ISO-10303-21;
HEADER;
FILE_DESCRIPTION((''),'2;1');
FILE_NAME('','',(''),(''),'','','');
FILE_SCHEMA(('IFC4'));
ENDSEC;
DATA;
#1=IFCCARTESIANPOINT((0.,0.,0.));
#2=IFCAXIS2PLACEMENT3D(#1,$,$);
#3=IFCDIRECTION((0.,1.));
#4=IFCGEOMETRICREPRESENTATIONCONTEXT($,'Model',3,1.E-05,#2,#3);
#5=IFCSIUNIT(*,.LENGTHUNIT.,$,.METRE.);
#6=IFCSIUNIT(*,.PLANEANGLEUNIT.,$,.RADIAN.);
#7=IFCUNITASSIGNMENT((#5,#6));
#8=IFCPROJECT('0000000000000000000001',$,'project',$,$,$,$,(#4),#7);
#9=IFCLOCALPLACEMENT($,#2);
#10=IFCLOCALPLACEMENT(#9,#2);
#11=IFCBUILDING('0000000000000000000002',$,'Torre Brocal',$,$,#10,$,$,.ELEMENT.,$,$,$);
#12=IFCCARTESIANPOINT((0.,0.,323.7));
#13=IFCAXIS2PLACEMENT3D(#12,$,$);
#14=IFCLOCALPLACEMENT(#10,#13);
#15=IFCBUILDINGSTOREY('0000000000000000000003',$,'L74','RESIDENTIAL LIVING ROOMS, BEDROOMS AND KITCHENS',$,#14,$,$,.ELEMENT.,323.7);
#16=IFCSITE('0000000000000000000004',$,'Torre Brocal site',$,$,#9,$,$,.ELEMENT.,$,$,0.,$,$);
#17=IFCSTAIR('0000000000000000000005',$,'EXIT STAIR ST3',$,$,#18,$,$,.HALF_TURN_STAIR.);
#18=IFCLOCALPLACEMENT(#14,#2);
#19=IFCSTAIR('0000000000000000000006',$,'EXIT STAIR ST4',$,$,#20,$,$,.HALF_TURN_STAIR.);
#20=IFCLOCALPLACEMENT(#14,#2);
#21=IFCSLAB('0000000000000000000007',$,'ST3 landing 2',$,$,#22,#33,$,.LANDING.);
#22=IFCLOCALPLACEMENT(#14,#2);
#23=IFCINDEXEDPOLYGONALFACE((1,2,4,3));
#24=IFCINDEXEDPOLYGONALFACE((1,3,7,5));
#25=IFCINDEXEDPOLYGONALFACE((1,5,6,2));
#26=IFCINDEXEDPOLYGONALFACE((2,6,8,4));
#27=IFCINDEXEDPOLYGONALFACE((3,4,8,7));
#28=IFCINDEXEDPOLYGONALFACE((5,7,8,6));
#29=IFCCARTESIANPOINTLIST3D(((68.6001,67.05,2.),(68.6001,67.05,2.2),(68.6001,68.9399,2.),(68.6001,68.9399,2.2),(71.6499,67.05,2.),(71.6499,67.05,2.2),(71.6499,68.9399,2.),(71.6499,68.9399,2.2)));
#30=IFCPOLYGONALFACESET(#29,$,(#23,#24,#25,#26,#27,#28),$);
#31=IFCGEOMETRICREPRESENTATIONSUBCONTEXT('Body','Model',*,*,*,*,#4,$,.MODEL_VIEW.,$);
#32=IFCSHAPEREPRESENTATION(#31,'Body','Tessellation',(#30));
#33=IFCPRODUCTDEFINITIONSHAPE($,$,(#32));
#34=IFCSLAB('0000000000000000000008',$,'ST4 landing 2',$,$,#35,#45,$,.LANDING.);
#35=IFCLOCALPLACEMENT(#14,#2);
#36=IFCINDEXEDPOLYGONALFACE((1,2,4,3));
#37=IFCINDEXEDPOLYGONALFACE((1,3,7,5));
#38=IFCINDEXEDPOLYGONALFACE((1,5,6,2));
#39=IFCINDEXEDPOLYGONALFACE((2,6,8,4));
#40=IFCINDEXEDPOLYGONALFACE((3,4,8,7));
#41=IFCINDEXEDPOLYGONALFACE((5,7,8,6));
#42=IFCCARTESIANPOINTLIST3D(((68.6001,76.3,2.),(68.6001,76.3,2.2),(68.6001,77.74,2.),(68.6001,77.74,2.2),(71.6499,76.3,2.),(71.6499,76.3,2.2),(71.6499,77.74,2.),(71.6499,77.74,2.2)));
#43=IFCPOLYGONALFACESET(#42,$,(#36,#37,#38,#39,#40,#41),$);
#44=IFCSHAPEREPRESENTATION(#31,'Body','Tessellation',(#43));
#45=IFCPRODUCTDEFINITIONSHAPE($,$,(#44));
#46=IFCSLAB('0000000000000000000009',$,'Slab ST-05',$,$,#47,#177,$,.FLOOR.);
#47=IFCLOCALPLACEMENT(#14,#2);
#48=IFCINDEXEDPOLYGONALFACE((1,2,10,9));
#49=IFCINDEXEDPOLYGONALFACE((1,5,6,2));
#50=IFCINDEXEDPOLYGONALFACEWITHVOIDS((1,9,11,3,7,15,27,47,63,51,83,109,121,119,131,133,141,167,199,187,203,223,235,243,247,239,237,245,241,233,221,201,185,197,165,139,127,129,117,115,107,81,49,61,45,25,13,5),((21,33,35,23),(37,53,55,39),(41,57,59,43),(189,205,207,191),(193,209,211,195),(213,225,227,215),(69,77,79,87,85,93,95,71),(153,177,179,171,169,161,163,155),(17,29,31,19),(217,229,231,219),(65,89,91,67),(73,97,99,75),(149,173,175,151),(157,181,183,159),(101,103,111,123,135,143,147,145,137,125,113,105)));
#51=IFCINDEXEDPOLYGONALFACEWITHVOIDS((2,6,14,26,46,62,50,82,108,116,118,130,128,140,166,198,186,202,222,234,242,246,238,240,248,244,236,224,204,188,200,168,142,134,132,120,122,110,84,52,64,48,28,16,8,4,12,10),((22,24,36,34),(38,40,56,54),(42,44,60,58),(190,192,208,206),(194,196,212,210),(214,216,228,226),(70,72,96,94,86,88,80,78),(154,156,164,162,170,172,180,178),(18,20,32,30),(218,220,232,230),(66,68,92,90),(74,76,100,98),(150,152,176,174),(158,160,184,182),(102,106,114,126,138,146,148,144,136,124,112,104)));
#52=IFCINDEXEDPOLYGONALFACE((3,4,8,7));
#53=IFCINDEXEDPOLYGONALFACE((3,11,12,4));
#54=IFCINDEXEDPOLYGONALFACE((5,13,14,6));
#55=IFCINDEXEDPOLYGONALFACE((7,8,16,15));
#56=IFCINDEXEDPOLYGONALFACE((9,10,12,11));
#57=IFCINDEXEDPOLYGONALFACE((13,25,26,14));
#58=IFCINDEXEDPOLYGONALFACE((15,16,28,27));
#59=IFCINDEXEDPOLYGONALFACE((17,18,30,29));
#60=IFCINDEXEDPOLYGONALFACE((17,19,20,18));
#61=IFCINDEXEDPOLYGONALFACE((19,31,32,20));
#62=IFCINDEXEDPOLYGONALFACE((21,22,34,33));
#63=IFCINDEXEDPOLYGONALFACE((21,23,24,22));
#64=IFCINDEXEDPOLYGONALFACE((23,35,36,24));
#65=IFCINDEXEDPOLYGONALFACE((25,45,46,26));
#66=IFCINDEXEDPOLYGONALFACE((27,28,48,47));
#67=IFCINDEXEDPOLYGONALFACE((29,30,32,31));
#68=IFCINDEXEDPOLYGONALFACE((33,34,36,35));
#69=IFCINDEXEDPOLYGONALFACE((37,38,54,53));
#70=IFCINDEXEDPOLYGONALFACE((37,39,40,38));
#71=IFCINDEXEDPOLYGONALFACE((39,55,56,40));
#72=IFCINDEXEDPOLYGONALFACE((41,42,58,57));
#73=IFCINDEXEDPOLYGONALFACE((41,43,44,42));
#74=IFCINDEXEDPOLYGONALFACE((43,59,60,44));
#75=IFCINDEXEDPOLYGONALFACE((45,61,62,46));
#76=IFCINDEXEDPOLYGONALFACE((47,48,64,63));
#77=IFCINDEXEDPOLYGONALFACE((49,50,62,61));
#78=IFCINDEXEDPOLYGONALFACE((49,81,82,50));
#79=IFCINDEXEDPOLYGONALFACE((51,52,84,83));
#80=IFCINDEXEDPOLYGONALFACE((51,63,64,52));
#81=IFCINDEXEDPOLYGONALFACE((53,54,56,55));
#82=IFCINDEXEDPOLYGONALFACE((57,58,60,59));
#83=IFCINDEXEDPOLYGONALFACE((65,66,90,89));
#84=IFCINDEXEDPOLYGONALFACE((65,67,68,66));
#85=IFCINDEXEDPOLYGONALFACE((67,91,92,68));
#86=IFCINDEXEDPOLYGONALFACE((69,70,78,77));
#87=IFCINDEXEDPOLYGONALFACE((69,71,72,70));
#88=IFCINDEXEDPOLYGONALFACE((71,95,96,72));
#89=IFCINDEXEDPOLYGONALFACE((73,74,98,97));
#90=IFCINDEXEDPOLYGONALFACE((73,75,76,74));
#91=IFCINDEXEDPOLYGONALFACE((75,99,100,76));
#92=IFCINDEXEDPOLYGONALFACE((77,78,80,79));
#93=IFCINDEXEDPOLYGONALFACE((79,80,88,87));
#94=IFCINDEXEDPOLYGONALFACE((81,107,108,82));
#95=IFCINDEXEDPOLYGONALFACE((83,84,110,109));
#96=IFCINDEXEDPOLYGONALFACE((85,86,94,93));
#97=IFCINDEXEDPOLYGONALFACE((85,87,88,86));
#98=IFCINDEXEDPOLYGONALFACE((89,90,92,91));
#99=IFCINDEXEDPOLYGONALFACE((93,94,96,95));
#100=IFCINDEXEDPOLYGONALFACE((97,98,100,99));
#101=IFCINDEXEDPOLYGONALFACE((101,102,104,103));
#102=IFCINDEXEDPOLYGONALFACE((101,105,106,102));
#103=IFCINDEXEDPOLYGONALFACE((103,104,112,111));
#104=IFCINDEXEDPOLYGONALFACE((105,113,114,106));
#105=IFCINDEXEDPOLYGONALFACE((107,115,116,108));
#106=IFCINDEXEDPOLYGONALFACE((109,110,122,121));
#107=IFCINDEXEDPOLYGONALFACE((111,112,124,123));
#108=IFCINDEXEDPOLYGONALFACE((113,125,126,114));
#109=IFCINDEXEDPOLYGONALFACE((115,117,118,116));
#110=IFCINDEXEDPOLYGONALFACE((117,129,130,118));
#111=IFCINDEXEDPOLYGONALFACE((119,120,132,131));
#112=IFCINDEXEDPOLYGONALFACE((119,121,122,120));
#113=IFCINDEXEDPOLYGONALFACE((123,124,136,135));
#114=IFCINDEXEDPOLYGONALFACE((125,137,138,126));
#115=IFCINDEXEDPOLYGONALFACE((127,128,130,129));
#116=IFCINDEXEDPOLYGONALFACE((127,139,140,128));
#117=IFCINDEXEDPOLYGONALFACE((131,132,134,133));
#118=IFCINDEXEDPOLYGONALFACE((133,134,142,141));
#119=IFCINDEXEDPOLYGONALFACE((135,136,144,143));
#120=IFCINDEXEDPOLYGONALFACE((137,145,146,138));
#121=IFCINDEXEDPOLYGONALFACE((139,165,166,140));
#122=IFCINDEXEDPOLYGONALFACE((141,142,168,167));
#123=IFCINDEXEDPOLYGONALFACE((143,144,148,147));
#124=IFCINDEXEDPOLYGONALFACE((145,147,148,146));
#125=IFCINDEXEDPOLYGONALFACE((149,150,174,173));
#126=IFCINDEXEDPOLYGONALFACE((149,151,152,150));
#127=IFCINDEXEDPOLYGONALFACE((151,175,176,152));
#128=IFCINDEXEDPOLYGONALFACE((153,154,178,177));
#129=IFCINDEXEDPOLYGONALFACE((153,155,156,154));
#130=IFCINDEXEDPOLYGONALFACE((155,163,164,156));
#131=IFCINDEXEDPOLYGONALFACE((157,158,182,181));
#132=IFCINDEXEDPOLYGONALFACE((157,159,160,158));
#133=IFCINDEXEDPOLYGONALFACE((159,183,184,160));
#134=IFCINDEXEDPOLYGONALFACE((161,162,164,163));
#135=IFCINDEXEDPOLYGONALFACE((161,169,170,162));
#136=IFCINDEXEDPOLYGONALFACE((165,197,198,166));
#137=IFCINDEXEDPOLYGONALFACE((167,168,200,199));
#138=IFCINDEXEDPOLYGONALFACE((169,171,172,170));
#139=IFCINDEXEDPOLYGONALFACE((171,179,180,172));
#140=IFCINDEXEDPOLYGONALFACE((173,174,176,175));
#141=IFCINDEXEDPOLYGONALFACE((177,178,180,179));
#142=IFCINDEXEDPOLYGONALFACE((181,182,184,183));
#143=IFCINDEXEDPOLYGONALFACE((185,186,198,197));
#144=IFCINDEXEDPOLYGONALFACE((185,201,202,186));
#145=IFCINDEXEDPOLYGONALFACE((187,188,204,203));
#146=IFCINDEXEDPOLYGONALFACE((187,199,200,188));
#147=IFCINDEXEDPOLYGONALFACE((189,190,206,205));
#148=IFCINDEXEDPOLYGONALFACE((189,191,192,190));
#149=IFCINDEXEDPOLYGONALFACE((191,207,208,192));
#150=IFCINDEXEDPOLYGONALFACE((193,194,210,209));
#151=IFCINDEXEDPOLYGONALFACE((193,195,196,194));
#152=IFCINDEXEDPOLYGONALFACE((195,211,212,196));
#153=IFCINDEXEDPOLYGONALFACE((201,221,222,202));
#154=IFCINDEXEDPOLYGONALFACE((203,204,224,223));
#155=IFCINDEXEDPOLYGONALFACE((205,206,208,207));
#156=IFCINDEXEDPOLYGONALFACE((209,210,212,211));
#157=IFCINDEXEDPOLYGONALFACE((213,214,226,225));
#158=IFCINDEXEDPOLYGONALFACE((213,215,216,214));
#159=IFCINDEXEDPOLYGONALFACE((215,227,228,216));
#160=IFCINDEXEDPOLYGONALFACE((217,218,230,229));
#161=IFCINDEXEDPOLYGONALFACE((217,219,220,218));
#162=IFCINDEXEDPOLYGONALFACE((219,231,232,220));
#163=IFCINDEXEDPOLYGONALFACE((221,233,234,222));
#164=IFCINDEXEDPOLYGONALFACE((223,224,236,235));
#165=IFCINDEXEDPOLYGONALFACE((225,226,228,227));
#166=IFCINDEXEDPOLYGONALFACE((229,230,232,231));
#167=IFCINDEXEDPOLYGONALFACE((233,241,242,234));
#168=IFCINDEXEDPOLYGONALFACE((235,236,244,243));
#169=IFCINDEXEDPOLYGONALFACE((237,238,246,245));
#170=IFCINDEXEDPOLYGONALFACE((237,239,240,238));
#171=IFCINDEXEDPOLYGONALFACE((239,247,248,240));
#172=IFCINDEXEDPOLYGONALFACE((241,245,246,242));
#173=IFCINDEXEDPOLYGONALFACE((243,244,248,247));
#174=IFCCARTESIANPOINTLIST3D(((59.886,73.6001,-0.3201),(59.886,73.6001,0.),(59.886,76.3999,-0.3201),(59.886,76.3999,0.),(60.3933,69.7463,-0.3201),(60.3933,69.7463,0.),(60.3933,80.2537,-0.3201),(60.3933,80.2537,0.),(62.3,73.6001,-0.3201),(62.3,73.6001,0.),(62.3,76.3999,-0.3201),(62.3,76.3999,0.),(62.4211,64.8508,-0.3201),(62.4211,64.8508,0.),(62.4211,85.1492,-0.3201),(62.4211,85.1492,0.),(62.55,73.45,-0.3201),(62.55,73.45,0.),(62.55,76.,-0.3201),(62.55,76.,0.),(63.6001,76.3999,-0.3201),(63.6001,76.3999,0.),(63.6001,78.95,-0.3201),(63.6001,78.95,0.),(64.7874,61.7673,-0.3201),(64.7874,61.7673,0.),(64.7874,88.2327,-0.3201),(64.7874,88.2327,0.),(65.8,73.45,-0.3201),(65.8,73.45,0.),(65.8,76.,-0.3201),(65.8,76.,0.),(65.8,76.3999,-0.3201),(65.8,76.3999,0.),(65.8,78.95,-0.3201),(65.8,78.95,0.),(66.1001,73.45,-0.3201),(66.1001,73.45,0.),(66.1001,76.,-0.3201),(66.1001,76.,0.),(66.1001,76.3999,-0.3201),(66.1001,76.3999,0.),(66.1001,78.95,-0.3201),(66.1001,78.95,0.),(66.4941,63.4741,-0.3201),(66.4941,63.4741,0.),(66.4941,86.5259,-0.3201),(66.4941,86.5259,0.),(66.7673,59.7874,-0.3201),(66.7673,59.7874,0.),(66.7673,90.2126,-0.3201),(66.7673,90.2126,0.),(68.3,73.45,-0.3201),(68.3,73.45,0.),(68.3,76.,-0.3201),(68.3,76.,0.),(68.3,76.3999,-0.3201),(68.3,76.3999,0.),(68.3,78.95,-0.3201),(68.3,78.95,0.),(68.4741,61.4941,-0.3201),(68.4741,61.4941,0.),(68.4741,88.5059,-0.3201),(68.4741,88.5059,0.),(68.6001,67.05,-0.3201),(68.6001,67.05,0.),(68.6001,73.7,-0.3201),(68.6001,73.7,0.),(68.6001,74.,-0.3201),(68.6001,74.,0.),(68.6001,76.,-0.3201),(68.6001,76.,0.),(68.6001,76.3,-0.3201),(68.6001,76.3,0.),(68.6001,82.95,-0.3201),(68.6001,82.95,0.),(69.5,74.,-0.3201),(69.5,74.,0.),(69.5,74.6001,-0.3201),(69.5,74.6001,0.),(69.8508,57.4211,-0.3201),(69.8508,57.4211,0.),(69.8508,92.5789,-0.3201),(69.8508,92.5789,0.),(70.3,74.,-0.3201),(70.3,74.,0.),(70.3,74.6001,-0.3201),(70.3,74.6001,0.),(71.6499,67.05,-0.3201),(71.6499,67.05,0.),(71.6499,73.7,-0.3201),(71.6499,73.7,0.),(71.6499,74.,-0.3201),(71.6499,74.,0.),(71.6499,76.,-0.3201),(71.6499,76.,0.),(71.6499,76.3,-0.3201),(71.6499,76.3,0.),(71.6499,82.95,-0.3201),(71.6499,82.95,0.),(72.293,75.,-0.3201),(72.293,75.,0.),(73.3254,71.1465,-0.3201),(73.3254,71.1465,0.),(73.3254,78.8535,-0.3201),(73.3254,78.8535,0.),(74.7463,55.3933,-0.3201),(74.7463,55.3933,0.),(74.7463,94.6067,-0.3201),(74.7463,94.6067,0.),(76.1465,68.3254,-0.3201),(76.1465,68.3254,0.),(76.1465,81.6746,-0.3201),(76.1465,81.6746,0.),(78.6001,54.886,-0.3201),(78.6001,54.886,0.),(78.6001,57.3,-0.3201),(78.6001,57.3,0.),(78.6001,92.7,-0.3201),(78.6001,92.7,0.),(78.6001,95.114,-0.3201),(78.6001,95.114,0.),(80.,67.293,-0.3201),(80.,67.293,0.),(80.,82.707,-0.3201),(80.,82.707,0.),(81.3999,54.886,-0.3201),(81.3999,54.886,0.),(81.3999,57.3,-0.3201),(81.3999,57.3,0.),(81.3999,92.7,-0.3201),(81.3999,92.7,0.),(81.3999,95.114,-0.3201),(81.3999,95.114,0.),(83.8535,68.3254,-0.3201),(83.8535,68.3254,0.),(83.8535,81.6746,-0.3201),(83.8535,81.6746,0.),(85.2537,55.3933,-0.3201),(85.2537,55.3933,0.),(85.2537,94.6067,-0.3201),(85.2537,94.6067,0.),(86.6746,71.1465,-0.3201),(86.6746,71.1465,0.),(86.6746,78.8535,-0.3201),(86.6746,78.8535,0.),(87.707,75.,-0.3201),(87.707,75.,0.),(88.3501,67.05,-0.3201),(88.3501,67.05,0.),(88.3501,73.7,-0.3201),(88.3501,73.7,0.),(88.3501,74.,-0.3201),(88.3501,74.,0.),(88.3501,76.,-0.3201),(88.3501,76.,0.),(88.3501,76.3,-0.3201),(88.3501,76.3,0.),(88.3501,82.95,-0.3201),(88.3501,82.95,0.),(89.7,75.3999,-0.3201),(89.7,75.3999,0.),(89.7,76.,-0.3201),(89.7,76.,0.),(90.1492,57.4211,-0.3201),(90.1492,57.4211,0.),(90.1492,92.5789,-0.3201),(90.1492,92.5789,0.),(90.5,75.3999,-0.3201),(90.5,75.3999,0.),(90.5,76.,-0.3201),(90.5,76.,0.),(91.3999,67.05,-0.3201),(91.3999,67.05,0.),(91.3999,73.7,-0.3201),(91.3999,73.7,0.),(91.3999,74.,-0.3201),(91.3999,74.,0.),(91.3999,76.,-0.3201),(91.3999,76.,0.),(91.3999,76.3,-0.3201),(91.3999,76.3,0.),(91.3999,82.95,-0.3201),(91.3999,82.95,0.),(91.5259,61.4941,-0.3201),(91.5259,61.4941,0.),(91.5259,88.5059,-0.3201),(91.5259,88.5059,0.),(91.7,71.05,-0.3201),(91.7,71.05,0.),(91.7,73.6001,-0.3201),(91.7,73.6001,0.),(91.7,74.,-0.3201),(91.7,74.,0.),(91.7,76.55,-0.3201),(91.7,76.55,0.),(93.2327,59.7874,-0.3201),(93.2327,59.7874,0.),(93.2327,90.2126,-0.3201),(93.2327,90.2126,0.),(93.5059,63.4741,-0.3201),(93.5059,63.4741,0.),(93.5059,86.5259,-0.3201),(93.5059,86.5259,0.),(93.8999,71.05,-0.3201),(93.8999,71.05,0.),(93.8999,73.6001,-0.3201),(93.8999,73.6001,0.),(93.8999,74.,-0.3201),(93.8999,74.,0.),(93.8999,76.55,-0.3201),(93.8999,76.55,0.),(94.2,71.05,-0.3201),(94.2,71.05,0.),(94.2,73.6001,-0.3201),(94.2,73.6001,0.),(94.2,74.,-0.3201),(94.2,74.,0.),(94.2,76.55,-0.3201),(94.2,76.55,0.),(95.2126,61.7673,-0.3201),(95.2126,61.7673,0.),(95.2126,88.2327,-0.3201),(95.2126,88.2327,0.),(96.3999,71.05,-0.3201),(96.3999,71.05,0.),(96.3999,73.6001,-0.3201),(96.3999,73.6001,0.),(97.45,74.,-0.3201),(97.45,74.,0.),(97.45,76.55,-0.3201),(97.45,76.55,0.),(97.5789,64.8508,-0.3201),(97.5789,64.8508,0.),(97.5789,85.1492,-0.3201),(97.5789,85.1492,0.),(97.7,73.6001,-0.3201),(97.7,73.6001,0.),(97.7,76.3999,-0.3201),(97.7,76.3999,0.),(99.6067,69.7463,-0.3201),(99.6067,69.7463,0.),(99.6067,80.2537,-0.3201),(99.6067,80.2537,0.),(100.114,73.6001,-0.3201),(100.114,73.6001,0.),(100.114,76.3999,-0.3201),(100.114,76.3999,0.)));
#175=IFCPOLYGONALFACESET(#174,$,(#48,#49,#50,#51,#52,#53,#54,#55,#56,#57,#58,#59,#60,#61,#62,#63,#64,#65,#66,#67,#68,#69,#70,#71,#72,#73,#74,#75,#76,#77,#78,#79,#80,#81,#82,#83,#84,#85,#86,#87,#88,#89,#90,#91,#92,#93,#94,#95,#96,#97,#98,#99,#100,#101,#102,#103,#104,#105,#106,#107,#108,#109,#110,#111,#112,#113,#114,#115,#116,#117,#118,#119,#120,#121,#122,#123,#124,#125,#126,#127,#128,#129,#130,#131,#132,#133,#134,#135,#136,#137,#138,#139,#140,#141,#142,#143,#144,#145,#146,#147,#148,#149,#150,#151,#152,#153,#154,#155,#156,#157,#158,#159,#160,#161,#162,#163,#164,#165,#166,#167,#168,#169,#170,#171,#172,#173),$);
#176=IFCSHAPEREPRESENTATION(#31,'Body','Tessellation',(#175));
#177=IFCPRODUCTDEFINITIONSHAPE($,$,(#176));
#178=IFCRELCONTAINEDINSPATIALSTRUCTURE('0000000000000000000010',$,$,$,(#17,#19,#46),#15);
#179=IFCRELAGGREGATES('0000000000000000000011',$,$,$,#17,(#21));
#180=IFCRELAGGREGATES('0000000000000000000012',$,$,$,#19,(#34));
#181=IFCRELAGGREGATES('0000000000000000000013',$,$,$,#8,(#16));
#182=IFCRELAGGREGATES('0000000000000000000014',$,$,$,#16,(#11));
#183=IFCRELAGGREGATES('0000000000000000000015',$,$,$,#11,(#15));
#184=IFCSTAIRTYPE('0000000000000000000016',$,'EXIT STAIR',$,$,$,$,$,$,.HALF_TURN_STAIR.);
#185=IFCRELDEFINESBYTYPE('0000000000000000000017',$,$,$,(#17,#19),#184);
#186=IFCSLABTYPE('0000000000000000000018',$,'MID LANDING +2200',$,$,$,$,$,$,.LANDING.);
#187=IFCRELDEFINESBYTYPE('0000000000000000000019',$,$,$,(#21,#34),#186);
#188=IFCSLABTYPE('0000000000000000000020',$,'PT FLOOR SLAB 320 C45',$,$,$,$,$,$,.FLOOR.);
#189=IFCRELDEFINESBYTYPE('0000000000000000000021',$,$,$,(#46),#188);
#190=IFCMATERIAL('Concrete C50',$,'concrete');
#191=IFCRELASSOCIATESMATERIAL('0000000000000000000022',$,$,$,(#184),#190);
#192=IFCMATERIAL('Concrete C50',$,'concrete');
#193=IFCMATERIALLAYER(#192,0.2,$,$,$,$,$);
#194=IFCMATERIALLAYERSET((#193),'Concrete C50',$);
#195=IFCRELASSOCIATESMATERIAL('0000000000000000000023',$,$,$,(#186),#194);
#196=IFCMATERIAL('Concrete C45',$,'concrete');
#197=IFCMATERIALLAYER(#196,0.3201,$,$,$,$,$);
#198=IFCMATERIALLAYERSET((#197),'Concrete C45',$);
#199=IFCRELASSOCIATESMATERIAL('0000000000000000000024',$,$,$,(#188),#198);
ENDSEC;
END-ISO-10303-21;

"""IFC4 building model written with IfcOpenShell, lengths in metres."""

from ifc_helpers import new_model, si_unit, direction, frame, origin, place, context, subcontext, project, spatial, polyline, outline, extrude, material, layer, layer_set, type_object, element, aggregate, save


model = new_model("IFC4")

# Units and contexts
model_context = context("Model", 3, precision=1e-05, world=origin(), true_north=direction((0.0, 1.0)))
body_context = subcontext(model_context, "Body", "Model", "MODEL_VIEW")
ifc_project = project(units=[si_unit("LENGTHUNIT", "METRE"), si_unit("PLANEANGLEUNIT", "RADIAN")], contexts=[model_context])

# Site, building, storey
site_placement = place(None, origin())
site = spatial("IfcSite", under=ifc_project, at=site_placement, Name="Torre Brocal site", CompositionType="ELEMENT", RefElevation=0.0)
building_placement = place(site_placement, origin())
building = spatial("IfcBuilding", under=site, at=building_placement, Name="Torre Brocal", CompositionType="ELEMENT")
storey_placement = place(building_placement, frame((0.0, 0.0, 323.7)))
storey = spatial("IfcBuildingStorey", under=building, at=storey_placement, Name="L74", Description="RESIDENTIAL LIVING ROOMS, BEDROOMS AND KITCHENS", CompositionType="ELEMENT", Elevation=323.7)

# Stairs
ifc_material_1 = material(Name="Concrete C50", Category="concrete")
stair_type = type_object("IfcStairType", Name="EXIT STAIR", PredefinedType="HALF_TURN_STAIR", material=ifc_material_1)
stair_1_placement = place(storey_placement, origin())
stair_1 = element("IfcStair", 1, at=stair_1_placement, inside=storey, type_object=stair_type, Name="EXIT STAIR ST3", PredefinedType="HALF_TURN_STAIR")
stair_2_placement = place(storey_placement, origin())
stair_2 = element("IfcStair", 2, at=stair_2_placement, inside=storey, type_object=stair_type, Name="EXIT STAIR ST4", PredefinedType="HALF_TURN_STAIR")

# Slabs
ifc_material_2 = material(Name="Concrete C50", Category="concrete")
ifc_layer_1 = layer(ifc_material_2, 0.2)
ifc_layer_set_1 = layer_set([ifc_layer_1], Name="Concrete C50")
slab_type_1 = type_object("IfcSlabType", Name="MID LANDING +2200", PredefinedType="LANDING", material=ifc_layer_set_1)
slab_1_placement = place(storey_placement, frame((0.0, 0.0, 2.0)))
slab_1 = element("IfcSlab", 3, at=slab_1_placement, type_object=slab_type_1, Name="ST3 landing 2", PredefinedType="LANDING", context=body_context, shape_type="SweptSolid", body=[
    extrude(outline(polyline([(71.6499, 68.9399), (68.6001, 68.9399), (68.6001, 67.05), (71.6499, 67.05), (71.6499, 68.9399)])), origin(), (0.0, 0.0, 1.0), 0.2),
])
aggregate(stair_1, [slab_1])
slab_2_placement = place(storey_placement, frame((0.0, 0.0, 2.0)))
slab_2 = element("IfcSlab", 4, at=slab_2_placement, type_object=slab_type_1, Name="ST4 landing 2", PredefinedType="LANDING", context=body_context, shape_type="SweptSolid", body=[
    extrude(outline(polyline([(71.6499, 77.74), (68.6001, 77.74), (68.6001, 76.3), (71.6499, 76.3), (71.6499, 77.74)])), origin(), (0.0, 0.0, 1.0), 0.2),
])
aggregate(stair_2, [slab_2])
ifc_material_3 = material(Name="Concrete C45", Category="concrete")
ifc_layer_2 = layer(ifc_material_3, 0.3201)
ifc_layer_set_2 = layer_set([ifc_layer_2], Name="Concrete C45")
slab_type_2 = type_object("IfcSlabType", Name="PT FLOOR SLAB 320 C45", PredefinedType="FLOOR", material=ifc_layer_set_2)
slab_3_placement = place(storey_placement, frame((0.0, 0.0, -0.3201)))
element("IfcSlab", 5, at=slab_3_placement, inside=storey, type_object=slab_type_2, Name="Slab ST-05", PredefinedType="FLOOR", context=body_context, shape_type="SweptSolid", body=[
    extrude(outline(polyline([(97.7, 76.3999), (97.7, 73.6001), (100.114, 73.6001), (99.6067, 69.7463), (97.5789, 64.8508), (95.2126, 61.7673), (93.5059, 63.4741), (91.5259, 61.4941), (93.2327, 59.7874), (90.1492, 57.4211), (85.2537, 55.3933), (81.3999, 54.886), (81.3999, 57.3), (78.6001, 57.3), (78.6001, 54.886), (74.7463, 55.3933), (69.8508, 57.4211), (66.7673, 59.7874), (68.4741, 61.4941), (66.4941, 63.4741), (64.7874, 61.7673), (62.4211, 64.8508), (60.3933, 69.7463), (59.886, 73.6001), (62.3, 73.6001), (62.3, 76.3999), (59.886, 76.3999), (60.3933, 80.2537), (62.4211, 85.1492), (64.7874, 88.2327), (66.4941, 86.5259), (68.4741, 88.5059), (66.7673, 90.2126), (69.8508, 92.5789), (74.7463, 94.6067), (78.6001, 95.114), (78.6001, 92.7), (81.3999, 92.7), (81.3999, 95.114), (85.2537, 94.6067), (90.1492, 92.5789), (93.2327, 90.2126), (91.5259, 88.5059), (93.5059, 86.5259), (95.2126, 88.2327), (97.5789, 85.1492), (99.6067, 80.2537), (100.114, 76.3999), (97.7, 76.3999)]), holes=[polyline([(97.45, 76.55), (94.2, 76.55), (94.2, 74.0), (97.45, 74.0), (97.45, 76.55)]), polyline([(96.3999, 73.6001), (94.2, 73.6001), (94.2, 71.05), (96.3999, 71.05), (96.3999, 73.6001)]), polyline([(93.8999, 73.6001), (91.7, 73.6001), (91.7, 71.05), (93.8999, 71.05), (93.8999, 73.6001)]), polyline([(93.8999, 76.55), (91.7, 76.55), (91.7, 74.0), (93.8999, 74.0), (93.8999, 76.55)]), polyline([(89.7, 76.0), (88.3501, 76.0), (88.3501, 74.0), (91.3999, 74.0), (91.3999, 76.0), (90.5, 76.0), (90.5, 75.3999), (89.7, 75.3999), (89.7, 76.0)]), polyline([(88.3501, 73.7), (88.3501, 67.05), (91.3999, 67.05), (91.3999, 73.7), (88.3501, 73.7)]), polyline([(91.3999, 82.95), (88.3501, 82.95), (88.3501, 76.3), (91.3999, 76.3), (91.3999, 82.95)]), polyline([(80.0, 82.707), (76.1465, 81.6746), (73.3254, 78.8535), (72.293, 75.0), (73.3254, 71.1465), (76.1465, 68.3254), (80.0, 67.293), (83.8535, 68.3254), (86.6746, 71.1465), (87.707, 75.0), (86.6746, 78.8535), (83.8535, 81.6746), (80.0, 82.707)]), polyline([(71.6499, 67.05), (71.6499, 73.7), (68.6001, 73.7), (68.6001, 67.05), (71.6499, 67.05)]), polyline([(68.6001, 76.3), (71.6499, 76.3), (71.6499, 82.95), (68.6001, 82.95), (68.6001, 76.3)]), polyline([(70.3, 74.0), (71.6499, 74.0), (71.6499, 76.0), (68.6001, 76.0), (68.6001, 74.0), (69.5, 74.0), (69.5, 74.6001), (70.3, 74.6001), (70.3, 74.0)]), polyline([(66.1001, 73.45), (68.3, 73.45), (68.3, 76.0), (66.1001, 76.0), (66.1001, 73.45)]), polyline([(66.1001, 76.3999), (68.3, 76.3999), (68.3, 78.95), (66.1001, 78.95), (66.1001, 76.3999)]), polyline([(62.55, 73.45), (65.8, 73.45), (65.8, 76.0), (62.55, 76.0), (62.55, 73.45)]), polyline([(63.6001, 76.3999), (65.8, 76.3999), (65.8, 78.95), (63.6001, 78.95), (63.6001, 76.3999)])]), origin(), (0.0, 0.0, 1.0), 0.3201),
])

save(model, "model.ifc")
